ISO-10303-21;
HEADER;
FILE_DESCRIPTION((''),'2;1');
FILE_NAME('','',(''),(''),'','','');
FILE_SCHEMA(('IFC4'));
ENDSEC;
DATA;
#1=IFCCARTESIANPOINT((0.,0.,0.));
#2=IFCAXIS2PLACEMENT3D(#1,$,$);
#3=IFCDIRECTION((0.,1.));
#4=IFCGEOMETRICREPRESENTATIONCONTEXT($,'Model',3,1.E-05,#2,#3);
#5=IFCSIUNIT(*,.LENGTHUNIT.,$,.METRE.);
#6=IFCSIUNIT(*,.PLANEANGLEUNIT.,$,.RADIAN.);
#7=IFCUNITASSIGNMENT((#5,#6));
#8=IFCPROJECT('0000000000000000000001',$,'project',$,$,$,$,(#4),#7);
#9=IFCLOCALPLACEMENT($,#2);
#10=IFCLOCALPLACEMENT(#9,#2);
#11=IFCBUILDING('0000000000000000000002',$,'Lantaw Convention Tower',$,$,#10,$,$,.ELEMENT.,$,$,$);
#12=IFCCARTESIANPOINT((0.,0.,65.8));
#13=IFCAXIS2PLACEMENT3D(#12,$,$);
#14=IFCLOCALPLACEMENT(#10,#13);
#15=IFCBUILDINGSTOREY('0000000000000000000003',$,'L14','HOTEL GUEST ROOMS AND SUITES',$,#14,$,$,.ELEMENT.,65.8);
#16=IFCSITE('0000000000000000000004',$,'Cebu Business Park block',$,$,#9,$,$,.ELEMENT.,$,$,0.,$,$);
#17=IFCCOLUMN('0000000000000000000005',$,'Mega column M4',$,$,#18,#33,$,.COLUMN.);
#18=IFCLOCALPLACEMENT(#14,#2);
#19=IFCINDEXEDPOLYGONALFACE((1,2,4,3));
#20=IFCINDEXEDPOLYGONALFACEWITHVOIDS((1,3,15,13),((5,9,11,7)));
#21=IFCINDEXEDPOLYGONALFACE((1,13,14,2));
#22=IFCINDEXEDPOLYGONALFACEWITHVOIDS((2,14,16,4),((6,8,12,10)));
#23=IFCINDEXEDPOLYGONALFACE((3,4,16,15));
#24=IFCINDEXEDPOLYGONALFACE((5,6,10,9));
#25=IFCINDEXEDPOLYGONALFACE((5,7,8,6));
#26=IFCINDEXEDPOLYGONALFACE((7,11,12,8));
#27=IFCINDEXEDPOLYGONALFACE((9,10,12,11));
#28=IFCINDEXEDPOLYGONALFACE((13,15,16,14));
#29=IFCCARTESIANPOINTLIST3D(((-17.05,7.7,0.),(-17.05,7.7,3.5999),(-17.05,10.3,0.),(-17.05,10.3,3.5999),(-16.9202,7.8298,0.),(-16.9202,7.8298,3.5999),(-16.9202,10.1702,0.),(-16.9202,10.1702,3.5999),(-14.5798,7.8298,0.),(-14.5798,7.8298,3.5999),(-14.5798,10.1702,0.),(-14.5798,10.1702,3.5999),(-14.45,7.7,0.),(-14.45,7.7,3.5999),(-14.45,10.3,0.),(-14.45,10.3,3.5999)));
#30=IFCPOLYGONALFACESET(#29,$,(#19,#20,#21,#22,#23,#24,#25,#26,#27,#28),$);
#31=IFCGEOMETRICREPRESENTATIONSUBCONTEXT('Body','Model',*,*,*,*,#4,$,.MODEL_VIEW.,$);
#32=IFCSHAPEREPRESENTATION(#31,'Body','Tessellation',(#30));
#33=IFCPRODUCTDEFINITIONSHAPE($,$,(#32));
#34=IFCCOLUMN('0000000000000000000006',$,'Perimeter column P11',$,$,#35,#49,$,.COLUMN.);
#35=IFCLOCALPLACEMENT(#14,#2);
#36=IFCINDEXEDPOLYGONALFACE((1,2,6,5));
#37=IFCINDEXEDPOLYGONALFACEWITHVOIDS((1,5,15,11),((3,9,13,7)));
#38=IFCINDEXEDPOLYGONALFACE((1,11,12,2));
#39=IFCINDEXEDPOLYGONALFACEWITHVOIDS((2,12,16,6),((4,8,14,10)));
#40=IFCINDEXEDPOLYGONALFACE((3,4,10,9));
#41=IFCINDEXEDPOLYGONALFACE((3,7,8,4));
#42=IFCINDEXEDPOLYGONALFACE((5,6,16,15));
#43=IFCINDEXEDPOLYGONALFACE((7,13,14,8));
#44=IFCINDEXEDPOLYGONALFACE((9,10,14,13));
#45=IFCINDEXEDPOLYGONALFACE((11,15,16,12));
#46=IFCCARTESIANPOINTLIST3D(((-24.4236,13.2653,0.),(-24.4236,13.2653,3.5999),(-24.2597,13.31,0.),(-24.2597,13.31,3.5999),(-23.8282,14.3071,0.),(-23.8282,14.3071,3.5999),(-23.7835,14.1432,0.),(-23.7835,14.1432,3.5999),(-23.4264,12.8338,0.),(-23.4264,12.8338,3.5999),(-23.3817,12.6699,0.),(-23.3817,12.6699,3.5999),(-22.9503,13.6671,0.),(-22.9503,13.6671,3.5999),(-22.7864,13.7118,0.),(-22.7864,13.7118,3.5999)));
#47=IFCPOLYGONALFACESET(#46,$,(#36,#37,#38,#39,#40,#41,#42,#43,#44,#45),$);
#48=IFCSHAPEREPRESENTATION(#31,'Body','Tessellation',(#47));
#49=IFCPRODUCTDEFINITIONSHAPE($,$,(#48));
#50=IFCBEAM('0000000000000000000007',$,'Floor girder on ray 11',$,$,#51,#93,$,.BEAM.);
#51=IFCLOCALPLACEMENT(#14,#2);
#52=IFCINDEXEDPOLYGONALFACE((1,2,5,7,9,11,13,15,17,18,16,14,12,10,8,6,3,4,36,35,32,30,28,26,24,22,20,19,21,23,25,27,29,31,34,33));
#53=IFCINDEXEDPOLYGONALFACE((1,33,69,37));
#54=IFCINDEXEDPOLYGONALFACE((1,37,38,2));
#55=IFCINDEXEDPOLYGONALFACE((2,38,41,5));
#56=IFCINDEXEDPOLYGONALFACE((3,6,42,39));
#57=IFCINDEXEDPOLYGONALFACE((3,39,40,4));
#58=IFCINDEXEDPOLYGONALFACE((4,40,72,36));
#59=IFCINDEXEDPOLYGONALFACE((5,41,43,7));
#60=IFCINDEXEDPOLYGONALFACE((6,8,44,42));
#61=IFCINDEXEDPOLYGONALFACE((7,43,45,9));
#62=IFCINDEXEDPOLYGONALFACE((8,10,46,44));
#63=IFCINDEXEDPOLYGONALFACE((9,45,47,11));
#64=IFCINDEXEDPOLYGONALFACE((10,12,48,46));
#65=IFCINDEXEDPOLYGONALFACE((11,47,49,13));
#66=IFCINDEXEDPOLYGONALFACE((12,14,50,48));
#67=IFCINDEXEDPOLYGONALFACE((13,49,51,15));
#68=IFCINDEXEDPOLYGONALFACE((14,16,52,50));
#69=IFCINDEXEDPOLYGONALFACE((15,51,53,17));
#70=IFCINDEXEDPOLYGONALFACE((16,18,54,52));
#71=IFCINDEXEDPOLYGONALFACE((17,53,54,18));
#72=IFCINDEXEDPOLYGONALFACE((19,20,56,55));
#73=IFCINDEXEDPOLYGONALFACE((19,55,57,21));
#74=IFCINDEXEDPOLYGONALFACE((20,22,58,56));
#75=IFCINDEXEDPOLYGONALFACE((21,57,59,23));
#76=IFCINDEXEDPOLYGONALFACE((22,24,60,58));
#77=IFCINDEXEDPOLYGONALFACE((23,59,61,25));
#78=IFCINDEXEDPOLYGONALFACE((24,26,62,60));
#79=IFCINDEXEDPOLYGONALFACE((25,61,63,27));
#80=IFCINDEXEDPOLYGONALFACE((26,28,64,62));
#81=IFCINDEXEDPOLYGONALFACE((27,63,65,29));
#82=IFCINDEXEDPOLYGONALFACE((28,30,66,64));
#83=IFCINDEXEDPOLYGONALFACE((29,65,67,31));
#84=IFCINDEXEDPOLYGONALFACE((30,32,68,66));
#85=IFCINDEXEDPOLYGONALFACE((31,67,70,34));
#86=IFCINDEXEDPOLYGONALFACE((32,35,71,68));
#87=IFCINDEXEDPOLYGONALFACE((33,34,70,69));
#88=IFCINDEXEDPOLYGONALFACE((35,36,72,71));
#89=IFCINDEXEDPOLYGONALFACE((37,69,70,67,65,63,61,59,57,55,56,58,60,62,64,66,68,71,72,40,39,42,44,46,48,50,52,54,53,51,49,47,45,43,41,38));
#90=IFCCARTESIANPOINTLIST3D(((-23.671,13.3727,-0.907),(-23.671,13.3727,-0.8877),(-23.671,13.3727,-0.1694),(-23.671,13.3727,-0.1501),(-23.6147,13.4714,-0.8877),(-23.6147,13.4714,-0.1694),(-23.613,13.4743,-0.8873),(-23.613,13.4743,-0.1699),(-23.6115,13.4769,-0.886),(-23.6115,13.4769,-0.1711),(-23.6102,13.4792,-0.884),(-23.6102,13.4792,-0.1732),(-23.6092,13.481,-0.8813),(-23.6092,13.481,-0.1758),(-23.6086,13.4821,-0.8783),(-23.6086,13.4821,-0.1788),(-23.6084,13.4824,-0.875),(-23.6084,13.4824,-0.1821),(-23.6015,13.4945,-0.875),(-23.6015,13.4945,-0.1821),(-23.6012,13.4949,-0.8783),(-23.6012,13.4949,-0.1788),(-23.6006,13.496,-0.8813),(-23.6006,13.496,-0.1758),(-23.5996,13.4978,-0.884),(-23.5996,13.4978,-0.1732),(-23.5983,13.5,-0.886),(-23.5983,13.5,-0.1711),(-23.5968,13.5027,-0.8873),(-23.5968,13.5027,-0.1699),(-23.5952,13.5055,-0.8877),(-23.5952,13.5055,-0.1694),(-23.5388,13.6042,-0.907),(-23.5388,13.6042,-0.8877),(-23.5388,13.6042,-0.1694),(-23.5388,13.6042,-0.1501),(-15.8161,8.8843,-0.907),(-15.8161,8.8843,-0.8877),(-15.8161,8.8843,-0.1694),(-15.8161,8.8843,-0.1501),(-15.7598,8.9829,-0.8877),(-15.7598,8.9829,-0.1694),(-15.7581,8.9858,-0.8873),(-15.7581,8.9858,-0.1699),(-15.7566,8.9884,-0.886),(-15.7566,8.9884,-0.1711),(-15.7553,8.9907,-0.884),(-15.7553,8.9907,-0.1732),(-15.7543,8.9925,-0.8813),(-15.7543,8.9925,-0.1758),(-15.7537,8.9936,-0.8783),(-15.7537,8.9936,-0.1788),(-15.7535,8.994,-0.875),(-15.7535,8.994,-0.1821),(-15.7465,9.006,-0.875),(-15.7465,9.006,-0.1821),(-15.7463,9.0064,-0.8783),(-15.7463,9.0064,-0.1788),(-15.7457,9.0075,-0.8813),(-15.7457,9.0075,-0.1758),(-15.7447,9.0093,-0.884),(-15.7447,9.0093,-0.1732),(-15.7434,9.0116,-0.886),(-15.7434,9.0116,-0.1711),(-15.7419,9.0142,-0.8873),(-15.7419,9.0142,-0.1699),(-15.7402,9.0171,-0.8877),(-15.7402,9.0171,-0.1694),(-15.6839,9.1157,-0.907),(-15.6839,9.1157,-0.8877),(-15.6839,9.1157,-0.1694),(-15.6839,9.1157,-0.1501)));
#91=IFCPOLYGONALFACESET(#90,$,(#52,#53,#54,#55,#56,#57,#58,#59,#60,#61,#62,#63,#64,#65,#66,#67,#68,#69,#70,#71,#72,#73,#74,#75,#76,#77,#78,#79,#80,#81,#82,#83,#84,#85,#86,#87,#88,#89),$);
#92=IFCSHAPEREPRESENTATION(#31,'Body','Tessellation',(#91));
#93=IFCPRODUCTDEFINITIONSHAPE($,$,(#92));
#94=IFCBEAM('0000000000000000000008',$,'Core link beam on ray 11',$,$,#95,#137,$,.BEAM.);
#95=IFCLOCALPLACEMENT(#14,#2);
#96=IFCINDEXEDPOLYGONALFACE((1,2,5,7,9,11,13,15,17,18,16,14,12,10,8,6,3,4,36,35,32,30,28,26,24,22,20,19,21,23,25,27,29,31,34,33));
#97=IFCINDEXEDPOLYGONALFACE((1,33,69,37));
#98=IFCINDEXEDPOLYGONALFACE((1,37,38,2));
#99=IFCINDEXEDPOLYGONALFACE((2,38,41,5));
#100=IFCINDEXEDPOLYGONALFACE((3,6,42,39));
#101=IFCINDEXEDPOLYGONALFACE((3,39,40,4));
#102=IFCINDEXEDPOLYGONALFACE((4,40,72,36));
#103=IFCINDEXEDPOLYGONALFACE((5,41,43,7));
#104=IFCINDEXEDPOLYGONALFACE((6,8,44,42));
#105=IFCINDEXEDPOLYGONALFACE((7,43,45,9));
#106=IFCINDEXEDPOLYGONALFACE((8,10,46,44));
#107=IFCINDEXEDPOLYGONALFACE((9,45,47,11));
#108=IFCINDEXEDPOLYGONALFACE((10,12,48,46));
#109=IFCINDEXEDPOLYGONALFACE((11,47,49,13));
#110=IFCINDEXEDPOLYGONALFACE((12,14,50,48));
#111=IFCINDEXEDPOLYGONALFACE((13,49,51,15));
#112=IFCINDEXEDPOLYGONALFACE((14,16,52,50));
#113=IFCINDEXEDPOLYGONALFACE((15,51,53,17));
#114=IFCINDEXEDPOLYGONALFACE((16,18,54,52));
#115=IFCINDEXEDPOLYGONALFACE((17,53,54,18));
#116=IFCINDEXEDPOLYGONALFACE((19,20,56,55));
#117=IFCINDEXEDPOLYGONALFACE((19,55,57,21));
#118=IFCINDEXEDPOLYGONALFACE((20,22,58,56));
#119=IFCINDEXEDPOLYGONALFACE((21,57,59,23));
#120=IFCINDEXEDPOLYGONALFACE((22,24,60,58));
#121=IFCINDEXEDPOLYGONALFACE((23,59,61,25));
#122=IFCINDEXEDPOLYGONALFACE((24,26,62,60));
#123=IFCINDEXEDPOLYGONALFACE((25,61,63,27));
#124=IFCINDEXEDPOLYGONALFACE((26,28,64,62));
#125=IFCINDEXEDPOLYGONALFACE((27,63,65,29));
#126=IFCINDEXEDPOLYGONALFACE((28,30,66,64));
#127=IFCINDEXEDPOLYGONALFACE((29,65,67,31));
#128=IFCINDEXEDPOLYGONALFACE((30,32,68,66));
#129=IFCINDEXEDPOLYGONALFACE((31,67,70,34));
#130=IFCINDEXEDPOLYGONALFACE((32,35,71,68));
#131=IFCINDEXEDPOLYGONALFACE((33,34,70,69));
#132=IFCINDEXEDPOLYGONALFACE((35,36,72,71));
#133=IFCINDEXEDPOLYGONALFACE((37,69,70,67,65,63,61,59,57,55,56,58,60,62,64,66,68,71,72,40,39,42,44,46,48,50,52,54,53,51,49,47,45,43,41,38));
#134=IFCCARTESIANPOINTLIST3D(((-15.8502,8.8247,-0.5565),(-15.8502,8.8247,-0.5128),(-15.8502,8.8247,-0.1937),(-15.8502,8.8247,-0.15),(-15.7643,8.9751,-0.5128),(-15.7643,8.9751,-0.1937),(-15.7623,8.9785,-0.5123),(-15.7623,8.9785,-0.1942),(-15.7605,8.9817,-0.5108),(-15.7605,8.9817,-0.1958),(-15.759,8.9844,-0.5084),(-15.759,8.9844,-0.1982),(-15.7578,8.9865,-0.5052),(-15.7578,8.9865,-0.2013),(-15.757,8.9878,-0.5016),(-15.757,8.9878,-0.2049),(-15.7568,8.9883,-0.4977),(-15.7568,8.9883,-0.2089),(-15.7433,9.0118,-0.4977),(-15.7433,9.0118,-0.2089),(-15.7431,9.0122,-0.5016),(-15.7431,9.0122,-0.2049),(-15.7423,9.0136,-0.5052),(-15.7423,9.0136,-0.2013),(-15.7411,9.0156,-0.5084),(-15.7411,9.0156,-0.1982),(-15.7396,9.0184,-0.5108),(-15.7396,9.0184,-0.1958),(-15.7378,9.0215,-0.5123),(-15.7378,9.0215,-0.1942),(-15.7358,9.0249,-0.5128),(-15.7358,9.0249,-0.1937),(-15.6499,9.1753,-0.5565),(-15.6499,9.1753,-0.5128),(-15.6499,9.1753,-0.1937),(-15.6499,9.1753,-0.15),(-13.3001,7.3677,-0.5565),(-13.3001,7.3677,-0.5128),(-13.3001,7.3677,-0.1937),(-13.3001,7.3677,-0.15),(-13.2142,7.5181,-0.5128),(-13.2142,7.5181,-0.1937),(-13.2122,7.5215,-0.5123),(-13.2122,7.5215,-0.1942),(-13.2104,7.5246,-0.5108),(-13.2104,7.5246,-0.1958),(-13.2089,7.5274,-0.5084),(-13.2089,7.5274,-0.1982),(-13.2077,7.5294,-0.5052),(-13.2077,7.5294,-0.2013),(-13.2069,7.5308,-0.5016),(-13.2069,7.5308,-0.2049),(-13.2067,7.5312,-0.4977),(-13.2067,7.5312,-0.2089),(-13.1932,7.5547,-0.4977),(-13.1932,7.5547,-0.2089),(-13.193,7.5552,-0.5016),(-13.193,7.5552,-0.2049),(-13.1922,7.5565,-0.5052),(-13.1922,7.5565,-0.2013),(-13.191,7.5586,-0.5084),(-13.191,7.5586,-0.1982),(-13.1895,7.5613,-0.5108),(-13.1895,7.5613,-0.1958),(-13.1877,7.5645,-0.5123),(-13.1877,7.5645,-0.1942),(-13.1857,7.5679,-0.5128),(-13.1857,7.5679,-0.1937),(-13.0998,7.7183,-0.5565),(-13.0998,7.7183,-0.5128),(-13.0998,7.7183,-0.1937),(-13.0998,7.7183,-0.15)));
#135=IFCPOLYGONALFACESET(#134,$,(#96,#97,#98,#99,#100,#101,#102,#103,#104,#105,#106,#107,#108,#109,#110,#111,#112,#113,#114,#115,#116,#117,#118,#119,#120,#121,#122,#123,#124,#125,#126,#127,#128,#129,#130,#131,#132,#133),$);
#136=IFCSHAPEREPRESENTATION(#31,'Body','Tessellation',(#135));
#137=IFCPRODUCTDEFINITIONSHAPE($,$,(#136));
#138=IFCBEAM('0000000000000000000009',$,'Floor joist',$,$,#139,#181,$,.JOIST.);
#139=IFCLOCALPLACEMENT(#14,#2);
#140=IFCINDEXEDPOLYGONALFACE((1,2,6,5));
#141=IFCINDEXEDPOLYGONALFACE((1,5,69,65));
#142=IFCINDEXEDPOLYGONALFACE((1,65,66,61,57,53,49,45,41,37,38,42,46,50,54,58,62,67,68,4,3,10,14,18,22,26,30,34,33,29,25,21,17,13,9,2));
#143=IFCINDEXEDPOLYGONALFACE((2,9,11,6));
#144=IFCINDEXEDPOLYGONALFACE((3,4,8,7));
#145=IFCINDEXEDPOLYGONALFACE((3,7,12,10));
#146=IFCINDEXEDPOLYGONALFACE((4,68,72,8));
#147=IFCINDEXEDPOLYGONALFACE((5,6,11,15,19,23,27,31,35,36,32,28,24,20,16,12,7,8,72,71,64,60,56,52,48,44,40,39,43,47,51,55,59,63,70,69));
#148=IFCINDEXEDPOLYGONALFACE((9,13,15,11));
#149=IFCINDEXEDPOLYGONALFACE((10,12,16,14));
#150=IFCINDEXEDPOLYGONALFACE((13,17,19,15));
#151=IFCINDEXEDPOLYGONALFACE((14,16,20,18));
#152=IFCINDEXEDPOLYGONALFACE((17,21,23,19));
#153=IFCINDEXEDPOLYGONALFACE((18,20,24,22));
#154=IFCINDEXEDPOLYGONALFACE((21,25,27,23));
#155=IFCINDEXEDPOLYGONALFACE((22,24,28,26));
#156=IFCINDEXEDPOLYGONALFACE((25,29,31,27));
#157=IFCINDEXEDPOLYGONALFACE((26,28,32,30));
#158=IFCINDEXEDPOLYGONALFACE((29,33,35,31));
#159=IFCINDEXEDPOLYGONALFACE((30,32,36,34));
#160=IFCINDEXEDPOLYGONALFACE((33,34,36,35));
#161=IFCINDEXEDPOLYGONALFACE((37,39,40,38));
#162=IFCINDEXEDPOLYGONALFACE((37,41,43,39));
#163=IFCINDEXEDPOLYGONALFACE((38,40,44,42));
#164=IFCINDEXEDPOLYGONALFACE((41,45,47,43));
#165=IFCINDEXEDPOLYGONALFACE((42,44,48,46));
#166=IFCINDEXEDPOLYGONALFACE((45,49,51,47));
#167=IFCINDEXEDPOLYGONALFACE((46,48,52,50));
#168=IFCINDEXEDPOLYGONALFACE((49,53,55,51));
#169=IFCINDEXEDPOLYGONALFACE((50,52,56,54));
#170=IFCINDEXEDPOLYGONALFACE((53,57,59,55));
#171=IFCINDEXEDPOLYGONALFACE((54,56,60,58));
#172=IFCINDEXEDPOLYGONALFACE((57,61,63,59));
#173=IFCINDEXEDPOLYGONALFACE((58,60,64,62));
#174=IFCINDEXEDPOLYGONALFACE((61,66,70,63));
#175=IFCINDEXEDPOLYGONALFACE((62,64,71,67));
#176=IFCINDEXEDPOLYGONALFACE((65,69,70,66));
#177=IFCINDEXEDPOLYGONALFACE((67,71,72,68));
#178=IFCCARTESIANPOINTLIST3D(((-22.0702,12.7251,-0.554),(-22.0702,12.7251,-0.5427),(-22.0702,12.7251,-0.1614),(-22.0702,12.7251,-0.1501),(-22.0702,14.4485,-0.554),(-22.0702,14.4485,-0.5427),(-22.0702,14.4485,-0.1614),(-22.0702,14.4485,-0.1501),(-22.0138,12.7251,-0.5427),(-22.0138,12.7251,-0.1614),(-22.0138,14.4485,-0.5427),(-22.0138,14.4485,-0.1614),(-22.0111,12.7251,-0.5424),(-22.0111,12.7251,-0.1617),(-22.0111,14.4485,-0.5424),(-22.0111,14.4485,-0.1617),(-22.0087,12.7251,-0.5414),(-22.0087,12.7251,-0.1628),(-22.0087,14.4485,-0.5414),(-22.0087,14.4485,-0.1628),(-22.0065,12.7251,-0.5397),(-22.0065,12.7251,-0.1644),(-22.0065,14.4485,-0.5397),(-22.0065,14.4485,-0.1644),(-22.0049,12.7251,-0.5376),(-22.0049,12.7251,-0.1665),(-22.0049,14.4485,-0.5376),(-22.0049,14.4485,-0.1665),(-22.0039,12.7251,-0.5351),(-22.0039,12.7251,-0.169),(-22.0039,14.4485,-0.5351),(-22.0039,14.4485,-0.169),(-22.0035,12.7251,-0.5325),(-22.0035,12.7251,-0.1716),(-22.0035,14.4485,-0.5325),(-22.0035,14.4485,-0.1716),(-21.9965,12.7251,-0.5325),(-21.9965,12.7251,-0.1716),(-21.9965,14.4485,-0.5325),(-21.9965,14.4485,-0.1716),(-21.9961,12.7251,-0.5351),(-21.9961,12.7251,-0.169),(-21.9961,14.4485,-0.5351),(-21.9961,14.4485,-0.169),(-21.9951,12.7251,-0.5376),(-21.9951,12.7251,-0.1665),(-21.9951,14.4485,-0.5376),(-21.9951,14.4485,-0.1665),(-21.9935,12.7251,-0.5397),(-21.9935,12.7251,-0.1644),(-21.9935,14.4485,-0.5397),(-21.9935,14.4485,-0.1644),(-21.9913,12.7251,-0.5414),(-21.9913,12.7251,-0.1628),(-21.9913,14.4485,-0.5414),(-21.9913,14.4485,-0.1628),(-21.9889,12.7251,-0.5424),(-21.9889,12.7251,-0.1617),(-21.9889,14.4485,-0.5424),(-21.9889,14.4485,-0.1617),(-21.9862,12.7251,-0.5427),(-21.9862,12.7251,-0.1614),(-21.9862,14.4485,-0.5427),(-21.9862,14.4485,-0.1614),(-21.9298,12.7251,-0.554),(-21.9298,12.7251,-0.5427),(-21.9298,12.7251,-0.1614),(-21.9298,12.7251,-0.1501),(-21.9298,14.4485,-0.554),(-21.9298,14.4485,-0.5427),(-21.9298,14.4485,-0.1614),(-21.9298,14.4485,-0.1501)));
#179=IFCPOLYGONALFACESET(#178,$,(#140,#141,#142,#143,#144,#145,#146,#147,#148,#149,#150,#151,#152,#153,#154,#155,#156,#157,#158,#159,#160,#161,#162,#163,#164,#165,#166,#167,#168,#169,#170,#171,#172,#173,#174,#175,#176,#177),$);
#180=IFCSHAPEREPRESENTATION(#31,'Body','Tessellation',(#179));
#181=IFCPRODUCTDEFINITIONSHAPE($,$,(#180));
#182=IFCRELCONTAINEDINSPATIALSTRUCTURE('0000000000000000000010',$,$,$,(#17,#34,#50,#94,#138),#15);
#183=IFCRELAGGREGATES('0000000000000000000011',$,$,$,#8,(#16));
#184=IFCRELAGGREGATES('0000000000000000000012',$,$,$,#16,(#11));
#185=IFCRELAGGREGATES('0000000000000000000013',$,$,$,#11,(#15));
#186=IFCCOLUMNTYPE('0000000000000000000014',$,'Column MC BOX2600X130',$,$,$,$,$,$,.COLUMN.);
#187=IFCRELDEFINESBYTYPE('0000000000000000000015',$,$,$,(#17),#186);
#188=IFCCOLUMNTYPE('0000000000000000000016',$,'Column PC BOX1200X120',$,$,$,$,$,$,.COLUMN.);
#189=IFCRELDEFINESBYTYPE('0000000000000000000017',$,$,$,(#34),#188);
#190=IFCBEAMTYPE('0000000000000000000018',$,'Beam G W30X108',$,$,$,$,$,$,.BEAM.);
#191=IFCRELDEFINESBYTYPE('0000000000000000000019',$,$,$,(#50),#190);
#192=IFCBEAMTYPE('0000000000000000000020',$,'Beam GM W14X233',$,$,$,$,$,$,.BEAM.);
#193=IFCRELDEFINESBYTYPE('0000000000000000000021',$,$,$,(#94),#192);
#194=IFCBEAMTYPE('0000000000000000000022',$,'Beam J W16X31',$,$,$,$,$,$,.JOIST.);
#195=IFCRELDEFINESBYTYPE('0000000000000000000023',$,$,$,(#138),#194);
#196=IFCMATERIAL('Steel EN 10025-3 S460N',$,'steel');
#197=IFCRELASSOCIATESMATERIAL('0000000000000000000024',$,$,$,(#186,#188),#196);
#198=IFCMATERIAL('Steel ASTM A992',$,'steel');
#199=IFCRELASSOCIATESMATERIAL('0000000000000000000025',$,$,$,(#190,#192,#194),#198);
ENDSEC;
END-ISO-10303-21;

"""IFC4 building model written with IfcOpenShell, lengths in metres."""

from ifc_helpers import new_model, si_unit, direction, frame, origin, origin_2d, place, context, subcontext, project, spatial, rectangle, hollow_rectangle, i_section, extrude, material, material_profile, profile_set, type_object, element, save


model = new_model("IFC4")

# Units and contexts
model_context = context("Model", 3, precision=1e-05, world=origin(), true_north=direction((0.0, 1.0)))
body_context = subcontext(model_context, "Body", "Model", "MODEL_VIEW")
ifc_project = project(units=[si_unit("LENGTHUNIT", "METRE"), si_unit("PLANEANGLEUNIT", "RADIAN")], contexts=[model_context])

# Site, building, storey
site_placement = place(None, origin())
site = spatial("IfcSite", under=ifc_project, at=site_placement, Name="Cebu Business Park block", CompositionType="ELEMENT", RefElevation=0.0)
building_placement = place(site_placement, origin())
building = spatial("IfcBuilding", under=site, at=building_placement, Name="Lantaw Convention Tower", CompositionType="ELEMENT")
storey_placement = place(building_placement, frame((0.0, 0.0, 65.8)))
storey = spatial("IfcBuildingStorey", under=building, at=storey_placement, Name="L14", Description="HOTEL GUEST ROOMS AND SUITES", CompositionType="ELEMENT", Elevation=65.8)

# Columns
ifc_material_1 = material(Name="Steel EN 10025-3 S460N", Category="steel")
ifc_material_profile_1 = material_profile(ifc_material_1, hollow_rectangle(XDim=2.6001, YDim=2.6001, WallThickness=0.1299, at=origin_2d()), Name="BOX2600X130")
ifc_material_2 = material(Name="Concrete C60/75", Category="concrete")
ifc_material_profile_2 = material_profile(ifc_material_2, rectangle(XDim=2.3401, YDim=2.3401, at=origin_2d()), Name="Concrete fill of BOX2600X130")
ifc_profile_set_1 = profile_set([ifc_material_profile_1, ifc_material_profile_2], Name="Steel EN 10025-3 S460N")
column_type_1 = type_object("IfcColumnType", Name="Column MC BOX2600X130", PredefinedType="COLUMN", material=ifc_profile_set_1)
column_1_placement = place(storey_placement, frame((-15.75, 9.0, 0.0), z_axis=(0.0, 0.0, 1.0), x_axis=(1.0, 0.0, 0.0)))
element("IfcColumn", 1, at=column_1_placement, inside=storey, type_object=column_type_1, Name="Mega column M4", PredefinedType="COLUMN", context=body_context, shape_type="SweptSolid", body=[
    extrude(hollow_rectangle(XDim=2.6001, YDim=2.6001, WallThickness=0.1299, at=origin_2d()), origin(), (0.0, 0.0, 1.0), 3.5999),
])
ifc_material_profile_3 = material_profile(ifc_material_1, hollow_rectangle(XDim=1.2, YDim=1.2, WallThickness=0.1201, at=origin_2d()), Name="BOX1200X120")
ifc_material_profile_4 = material_profile(ifc_material_2, rectangle(XDim=0.96, YDim=0.96, at=origin_2d()), Name="Concrete fill of BOX1200X120")
ifc_profile_set_2 = profile_set([ifc_material_profile_3, ifc_material_profile_4], Name="Steel EN 10025-3 S460N")
column_type_2 = type_object("IfcColumnType", Name="Column PC BOX1200X120", PredefinedType="COLUMN", material=ifc_profile_set_2)
column_2_placement = place(storey_placement, frame((-23.605, 13.4885, 0.0), z_axis=(0.0, 0.0, 1.0), x_axis=(0.496139, 0.868243, 0.0)))
element("IfcColumn", 2, at=column_2_placement, inside=storey, type_object=column_type_2, Name="Perimeter column P11", PredefinedType="COLUMN", context=body_context, shape_type="SweptSolid", body=[
    extrude(hollow_rectangle(XDim=1.2, YDim=1.2, WallThickness=0.1201, at=origin_2d()), origin(), (0.0, 0.0, 1.0), 3.5999),
])

# Beams
ifc_material_3 = material(Name="Steel ASTM A992", Category="steel")
ifc_material_profile_5 = material_profile(ifc_material_3, i_section(OverallWidth=0.2666, OverallDepth=0.7568, WebThickness=0.0139, FlangeThickness=0.0193, FilletRadius=0.0127, at=origin_2d()), Name="W30X108")
ifc_profile_set_3 = profile_set([ifc_material_profile_5], Name="Steel ASTM A992")
beam_type_1 = type_object("IfcBeamType", Name="Beam G W30X108", PredefinedType="BEAM", material=ifc_profile_set_3)
beam_1_placement = place(storey_placement, frame((-15.75, 9.0, -0.5286), z_axis=(-0.868245, 0.496136, 0.0), x_axis=(-0.496136, -0.868245, 0.0)))
element("IfcBeam", 3, at=beam_1_placement, inside=storey, type_object=beam_type_1, Name="Floor girder on ray 11", PredefinedType="BEAM", context=body_context, shape_type="SweptSolid", body=[
    extrude(i_section(OverallWidth=0.2666, OverallDepth=0.7568, WebThickness=0.0139, FlangeThickness=0.0193, FilletRadius=0.0127, at=origin_2d()), origin(), (0.0, 0.0, 1.0), 9.0469),
])
ifc_material_profile_6 = material_profile(ifc_material_3, i_section(OverallWidth=0.4038, OverallDepth=0.4065, WebThickness=0.0271, FlangeThickness=0.0437, FilletRadius=0.0151, at=origin_2d()), Name="W14X233")
ifc_profile_set_4 = profile_set([ifc_material_profile_6], Name="Steel ASTM A992")
beam_type_2 = type_object("IfcBeamType", Name="Beam GM W14X233", PredefinedType="BEAM", material=ifc_profile_set_4)
beam_2_placement = place(storey_placement, frame((-13.2, 7.543, -0.3533), z_axis=(-0.868264, 0.496103, 0.0), x_axis=(-0.496103, -0.868264, 0.0)))
element("IfcBeam", 4, at=beam_2_placement, inside=storey, type_object=beam_type_2, Name="Core link beam on ray 11", PredefinedType="BEAM", context=body_context, shape_type="SweptSolid", body=[
    extrude(i_section(OverallWidth=0.4038, OverallDepth=0.4065, WebThickness=0.0271, FlangeThickness=0.0437, FilletRadius=0.0151, at=origin_2d()), origin(), (0.0, 0.0, 1.0), 2.937),
])
ifc_material_profile_7 = material_profile(ifc_material_3, i_section(OverallWidth=0.1404, OverallDepth=0.4038, WebThickness=0.0071, FlangeThickness=0.0112, FilletRadius=0.0103, at=origin_2d()), Name="W16X31")
ifc_profile_set_5 = profile_set([ifc_material_profile_7], Name="Steel ASTM A992")
beam_type_3 = type_object("IfcBeamType", Name="Beam J W16X31", PredefinedType="JOIST", material=ifc_profile_set_5)
beam_3_placement = place(storey_placement, frame((-22.0, 12.7251, -0.3521), z_axis=(0.0, 1.0, 0.0), x_axis=(-1.0, 0.0, 0.0)))
element("IfcBeam", 5, at=beam_3_placement, inside=storey, type_object=beam_type_3, Name="Floor joist", PredefinedType="JOIST", context=body_context, shape_type="SweptSolid", body=[
    extrude(i_section(OverallWidth=0.1404, OverallDepth=0.4038, WebThickness=0.0071, FlangeThickness=0.0112, FilletRadius=0.0103, at=origin_2d()), origin(), (0.0, 0.0, 1.0), 1.7234),
])

save(model, "model.ifc")
